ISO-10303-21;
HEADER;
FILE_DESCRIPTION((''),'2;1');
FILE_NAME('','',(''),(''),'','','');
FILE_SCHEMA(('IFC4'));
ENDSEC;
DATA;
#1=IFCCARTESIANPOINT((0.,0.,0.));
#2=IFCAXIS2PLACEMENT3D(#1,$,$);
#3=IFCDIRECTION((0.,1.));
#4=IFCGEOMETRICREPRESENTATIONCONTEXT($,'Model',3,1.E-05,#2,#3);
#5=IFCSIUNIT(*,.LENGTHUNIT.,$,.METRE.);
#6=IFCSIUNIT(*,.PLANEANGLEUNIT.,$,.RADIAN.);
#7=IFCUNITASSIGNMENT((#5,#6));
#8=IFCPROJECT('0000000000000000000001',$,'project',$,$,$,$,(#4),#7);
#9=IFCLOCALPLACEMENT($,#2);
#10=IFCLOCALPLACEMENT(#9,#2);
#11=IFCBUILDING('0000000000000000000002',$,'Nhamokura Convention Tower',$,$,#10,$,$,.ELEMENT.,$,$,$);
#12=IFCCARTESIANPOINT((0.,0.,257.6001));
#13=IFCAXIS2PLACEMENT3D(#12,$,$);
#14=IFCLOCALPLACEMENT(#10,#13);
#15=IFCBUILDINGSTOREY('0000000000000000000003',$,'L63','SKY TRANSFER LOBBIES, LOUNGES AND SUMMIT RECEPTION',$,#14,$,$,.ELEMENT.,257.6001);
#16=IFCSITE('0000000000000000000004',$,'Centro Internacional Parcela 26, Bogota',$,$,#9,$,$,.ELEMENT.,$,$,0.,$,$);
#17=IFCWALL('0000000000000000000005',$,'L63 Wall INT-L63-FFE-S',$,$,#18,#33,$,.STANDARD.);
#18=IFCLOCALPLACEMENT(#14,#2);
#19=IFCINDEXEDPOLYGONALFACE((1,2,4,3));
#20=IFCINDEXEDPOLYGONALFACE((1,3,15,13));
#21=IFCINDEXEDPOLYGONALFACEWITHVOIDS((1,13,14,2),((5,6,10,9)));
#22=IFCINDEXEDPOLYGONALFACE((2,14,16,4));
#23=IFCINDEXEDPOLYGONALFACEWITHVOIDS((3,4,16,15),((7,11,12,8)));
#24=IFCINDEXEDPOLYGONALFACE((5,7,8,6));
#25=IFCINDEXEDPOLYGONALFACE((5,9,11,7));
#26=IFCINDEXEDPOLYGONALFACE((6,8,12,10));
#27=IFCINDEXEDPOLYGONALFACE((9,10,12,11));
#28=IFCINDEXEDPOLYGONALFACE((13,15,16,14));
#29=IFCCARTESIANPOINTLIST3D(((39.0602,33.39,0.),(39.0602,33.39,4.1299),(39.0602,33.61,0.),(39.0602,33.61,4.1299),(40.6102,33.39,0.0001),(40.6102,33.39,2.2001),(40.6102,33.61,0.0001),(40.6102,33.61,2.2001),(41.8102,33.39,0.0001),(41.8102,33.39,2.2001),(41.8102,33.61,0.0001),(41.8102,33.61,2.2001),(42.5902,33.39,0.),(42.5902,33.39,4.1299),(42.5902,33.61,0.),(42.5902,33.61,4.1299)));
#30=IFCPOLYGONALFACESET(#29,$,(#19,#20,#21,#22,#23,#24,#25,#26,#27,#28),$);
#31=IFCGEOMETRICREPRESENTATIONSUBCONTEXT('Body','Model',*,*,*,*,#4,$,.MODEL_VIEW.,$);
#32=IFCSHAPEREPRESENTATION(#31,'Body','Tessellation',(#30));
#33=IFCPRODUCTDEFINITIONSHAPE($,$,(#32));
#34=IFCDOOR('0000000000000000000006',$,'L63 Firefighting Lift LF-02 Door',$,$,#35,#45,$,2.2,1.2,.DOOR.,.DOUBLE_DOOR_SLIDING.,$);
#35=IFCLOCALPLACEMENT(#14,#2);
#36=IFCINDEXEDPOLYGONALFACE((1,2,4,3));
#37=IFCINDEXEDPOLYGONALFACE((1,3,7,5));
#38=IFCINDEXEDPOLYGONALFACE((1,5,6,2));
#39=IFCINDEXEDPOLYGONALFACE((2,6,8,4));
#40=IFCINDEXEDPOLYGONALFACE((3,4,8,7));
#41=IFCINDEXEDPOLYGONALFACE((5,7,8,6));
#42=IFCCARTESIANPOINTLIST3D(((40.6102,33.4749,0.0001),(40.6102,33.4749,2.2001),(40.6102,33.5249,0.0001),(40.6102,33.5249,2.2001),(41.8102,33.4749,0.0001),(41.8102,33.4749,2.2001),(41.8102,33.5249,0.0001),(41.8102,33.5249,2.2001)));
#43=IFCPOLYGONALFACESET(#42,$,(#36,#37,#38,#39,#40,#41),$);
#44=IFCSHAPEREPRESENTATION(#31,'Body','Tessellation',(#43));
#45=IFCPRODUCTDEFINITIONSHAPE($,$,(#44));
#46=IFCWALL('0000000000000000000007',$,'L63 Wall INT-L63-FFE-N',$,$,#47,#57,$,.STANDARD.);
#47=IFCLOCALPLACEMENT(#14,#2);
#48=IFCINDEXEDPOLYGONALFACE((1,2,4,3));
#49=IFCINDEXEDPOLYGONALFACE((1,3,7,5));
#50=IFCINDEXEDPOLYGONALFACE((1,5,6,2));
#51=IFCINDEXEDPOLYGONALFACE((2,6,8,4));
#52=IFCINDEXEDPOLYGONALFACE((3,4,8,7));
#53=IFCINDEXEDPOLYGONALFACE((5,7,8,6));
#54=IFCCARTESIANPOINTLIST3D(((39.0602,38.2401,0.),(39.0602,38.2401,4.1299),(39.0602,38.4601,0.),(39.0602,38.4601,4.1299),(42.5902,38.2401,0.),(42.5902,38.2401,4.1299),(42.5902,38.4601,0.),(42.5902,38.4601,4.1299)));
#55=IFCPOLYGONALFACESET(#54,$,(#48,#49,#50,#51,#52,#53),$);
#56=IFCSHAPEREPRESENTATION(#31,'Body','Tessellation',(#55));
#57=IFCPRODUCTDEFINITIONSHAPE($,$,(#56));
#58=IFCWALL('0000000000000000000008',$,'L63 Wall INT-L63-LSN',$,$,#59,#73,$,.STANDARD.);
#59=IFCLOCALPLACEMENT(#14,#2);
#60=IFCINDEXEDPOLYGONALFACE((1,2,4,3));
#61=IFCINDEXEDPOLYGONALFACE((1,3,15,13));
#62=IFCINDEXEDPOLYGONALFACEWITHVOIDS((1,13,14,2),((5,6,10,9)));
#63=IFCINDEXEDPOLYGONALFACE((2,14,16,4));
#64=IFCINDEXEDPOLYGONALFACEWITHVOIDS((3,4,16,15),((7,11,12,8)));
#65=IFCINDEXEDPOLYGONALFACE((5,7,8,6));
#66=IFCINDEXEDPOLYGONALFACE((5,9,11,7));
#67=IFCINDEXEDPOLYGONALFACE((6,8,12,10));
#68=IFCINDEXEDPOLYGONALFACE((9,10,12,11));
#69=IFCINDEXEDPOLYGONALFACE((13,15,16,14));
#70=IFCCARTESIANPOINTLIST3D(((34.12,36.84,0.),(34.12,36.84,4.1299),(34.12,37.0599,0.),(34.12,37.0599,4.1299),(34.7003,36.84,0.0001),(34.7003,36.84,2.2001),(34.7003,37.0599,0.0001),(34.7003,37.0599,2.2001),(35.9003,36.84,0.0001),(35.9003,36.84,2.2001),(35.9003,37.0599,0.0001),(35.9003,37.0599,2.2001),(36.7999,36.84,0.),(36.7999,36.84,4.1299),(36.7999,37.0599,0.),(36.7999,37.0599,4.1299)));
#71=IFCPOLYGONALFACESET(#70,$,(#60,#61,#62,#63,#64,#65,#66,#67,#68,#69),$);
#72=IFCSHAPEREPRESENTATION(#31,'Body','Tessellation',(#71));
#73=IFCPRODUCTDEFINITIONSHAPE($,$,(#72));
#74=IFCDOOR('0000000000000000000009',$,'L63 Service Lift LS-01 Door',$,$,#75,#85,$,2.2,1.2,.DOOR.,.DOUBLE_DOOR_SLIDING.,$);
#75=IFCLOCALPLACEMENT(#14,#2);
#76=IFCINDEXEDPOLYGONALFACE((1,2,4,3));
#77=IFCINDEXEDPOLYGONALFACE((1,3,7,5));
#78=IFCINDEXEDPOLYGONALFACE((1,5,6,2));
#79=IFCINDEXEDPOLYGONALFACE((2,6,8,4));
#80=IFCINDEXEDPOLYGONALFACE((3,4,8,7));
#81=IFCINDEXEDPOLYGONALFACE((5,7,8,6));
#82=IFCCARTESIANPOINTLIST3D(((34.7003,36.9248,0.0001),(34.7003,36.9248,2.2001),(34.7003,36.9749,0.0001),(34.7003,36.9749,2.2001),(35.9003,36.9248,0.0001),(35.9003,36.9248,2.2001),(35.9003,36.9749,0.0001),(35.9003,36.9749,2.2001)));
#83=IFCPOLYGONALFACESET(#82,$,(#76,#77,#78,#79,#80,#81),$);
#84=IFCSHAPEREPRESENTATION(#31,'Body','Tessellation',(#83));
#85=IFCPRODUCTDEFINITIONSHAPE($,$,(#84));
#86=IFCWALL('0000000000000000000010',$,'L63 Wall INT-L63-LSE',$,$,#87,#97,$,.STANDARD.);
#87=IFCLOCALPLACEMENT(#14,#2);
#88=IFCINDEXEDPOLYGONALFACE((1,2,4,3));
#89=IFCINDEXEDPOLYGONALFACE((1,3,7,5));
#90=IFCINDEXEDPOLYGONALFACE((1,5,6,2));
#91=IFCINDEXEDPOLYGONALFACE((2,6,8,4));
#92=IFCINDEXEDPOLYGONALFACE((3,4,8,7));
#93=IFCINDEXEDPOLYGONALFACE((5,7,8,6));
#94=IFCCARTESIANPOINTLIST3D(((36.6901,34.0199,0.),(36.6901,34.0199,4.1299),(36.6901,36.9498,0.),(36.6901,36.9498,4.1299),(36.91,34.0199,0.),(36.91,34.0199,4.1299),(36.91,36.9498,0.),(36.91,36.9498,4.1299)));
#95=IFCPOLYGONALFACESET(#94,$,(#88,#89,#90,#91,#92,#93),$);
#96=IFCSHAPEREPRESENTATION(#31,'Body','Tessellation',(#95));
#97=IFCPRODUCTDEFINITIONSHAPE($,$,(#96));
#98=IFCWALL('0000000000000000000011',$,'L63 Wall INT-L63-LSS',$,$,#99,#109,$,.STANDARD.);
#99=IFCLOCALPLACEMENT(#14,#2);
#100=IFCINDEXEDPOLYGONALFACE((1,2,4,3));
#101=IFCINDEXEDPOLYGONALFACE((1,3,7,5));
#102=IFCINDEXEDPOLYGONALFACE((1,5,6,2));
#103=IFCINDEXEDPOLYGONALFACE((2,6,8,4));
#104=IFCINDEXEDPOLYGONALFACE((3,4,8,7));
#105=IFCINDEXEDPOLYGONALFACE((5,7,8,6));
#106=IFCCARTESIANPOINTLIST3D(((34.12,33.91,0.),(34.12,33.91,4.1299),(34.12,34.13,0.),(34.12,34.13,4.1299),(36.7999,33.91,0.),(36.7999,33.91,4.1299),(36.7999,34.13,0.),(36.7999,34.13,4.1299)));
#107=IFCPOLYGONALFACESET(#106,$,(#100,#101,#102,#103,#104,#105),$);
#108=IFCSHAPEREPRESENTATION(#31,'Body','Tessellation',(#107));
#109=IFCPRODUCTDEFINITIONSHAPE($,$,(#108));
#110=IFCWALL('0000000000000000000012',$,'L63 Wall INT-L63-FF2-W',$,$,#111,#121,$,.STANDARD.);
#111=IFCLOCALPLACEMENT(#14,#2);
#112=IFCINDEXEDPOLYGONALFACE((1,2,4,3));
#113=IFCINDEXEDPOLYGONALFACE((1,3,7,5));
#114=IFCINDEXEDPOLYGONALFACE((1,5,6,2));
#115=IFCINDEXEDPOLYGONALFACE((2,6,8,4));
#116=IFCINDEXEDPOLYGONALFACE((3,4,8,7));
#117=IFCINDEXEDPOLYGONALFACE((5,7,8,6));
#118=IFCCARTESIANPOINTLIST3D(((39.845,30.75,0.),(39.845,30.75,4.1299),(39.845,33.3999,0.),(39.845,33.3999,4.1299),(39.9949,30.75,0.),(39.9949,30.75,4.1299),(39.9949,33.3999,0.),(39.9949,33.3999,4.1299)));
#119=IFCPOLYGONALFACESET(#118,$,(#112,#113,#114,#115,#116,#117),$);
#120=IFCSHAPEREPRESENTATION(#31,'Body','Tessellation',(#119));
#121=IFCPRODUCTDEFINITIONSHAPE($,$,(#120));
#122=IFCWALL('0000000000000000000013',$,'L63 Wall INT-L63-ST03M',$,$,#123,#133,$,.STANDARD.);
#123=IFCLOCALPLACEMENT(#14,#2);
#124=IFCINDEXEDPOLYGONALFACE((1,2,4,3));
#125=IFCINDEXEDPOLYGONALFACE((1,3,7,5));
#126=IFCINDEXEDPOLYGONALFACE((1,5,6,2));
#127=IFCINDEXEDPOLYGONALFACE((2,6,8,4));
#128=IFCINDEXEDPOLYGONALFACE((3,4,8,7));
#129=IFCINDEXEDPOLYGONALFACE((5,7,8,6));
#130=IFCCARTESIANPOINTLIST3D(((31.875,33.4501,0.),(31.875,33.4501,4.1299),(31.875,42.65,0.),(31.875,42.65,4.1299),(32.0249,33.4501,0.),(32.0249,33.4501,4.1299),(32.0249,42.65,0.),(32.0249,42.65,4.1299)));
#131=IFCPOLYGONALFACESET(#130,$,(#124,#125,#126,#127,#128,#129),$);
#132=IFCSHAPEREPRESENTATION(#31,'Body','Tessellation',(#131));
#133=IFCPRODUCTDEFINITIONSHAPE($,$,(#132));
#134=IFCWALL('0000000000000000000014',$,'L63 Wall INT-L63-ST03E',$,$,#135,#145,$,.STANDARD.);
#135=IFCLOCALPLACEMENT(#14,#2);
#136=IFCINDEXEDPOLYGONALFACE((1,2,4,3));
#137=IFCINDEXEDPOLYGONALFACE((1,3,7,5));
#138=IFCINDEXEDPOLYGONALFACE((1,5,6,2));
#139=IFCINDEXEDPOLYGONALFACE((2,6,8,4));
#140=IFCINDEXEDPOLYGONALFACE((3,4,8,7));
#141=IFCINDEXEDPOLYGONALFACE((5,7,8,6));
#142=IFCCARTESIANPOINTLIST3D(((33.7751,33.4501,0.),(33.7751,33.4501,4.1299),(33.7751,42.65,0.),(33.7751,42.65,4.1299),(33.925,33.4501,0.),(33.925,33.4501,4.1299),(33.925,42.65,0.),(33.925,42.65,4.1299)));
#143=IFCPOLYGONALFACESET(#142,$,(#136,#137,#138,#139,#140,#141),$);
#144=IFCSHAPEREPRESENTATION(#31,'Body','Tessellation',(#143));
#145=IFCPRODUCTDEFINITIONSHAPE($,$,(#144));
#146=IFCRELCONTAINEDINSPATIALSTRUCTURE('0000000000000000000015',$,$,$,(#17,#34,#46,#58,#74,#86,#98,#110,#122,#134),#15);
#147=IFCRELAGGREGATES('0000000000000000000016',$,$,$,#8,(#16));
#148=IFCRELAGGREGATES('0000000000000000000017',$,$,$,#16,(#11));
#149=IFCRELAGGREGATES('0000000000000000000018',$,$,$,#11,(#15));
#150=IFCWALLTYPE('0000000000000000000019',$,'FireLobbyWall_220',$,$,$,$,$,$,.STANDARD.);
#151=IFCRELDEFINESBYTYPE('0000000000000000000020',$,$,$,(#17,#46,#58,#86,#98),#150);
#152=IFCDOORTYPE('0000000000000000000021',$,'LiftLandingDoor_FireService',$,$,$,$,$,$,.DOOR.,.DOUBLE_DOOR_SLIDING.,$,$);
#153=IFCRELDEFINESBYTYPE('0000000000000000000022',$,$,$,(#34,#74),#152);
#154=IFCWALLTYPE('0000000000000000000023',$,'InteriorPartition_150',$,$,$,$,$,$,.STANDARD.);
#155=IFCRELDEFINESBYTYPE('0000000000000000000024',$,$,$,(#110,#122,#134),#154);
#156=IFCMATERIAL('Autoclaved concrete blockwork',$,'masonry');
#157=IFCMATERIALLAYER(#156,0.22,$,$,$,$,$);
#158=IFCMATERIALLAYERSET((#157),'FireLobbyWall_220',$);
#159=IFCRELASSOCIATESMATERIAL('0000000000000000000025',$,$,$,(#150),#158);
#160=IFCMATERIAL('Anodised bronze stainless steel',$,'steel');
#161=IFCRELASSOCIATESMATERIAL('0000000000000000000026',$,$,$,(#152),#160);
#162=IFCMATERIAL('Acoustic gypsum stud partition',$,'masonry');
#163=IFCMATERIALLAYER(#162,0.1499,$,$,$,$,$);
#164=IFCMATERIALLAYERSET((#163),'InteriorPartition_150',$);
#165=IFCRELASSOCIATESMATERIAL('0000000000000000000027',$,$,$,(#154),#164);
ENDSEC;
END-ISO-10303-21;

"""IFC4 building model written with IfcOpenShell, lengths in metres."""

from ifc_helpers import new_model, si_unit, direction, frame, frame_2d, origin, place, context, subcontext, project, spatial, rectangle, extrude, material, layer, layer_set, type_object, element, fill, save


model = new_model("IFC4")

# Units and contexts
model_context = context("Model", 3, precision=1e-05, world=origin(), true_north=direction((0.0, 1.0)))
body_context = subcontext(model_context, "Body", "Model", "MODEL_VIEW")
ifc_project = project(units=[si_unit("LENGTHUNIT", "METRE"), si_unit("PLANEANGLEUNIT", "RADIAN")], contexts=[model_context])

# Site, building, storey
site_placement = place(None, origin())
site = spatial("IfcSite", under=ifc_project, at=site_placement, Name="Centro Internacional Parcela 26, Bogota", CompositionType="ELEMENT", RefElevation=0.0)
building_placement = place(site_placement, origin())
building = spatial("IfcBuilding", under=site, at=building_placement, Name="Nhamokura Convention Tower", CompositionType="ELEMENT")
storey_placement = place(building_placement, frame((0.0, 0.0, 257.6001)))
storey = spatial("IfcBuildingStorey", under=building, at=storey_placement, Name="L63", Description="SKY TRANSFER LOBBIES, LOUNGES AND SUMMIT RECEPTION", CompositionType="ELEMENT", Elevation=257.6001)

# Wall, opening, door
ifc_material_1 = material(Name="Autoclaved concrete blockwork", Category="masonry")
ifc_layer_1 = layer(ifc_material_1, 0.22)
ifc_layer_set_1 = layer_set([ifc_layer_1], Name="FireLobbyWall_220")
wall_type_1 = type_object("IfcWallType", Name="FireLobbyWall_220", PredefinedType="STANDARD", material=ifc_layer_set_1)
wall_1_placement = place(storey_placement, frame((39.0601, 33.5, 0.0), z_axis=(0.0, 0.0, 1.0), x_axis=(1.0, 0.0, 0.0)))
wall_1 = element("IfcWall", 1, at=wall_1_placement, inside=storey, type_object=wall_type_1, Name="L63 Wall INT-L63-FFE-S", PredefinedType="STANDARD", context=body_context, shape_type="SweptSolid", body=[
    extrude(rectangle(XDim=3.53, YDim=0.22, at=frame_2d((1.7651, 0.0))), origin(), (0.0, 0.0, 1.0), 4.1299),
])
opening_1_placement = place(wall_1_placement, frame((1.55, 0.0, 0.0)))
opening_1 = element("IfcOpeningElement", 2, at=opening_1_placement, cuts=wall_1, PredefinedType="OPENING", context=body_context, shape_type="SweptSolid", body=[
    extrude(rectangle(XDim=1.2, YDim=2.2, at=frame_2d((0.6001, 1.1001))), frame((0.0, 0.1199, 0.0), z_axis=(0.0, -1.0, 0.0), x_axis=(1.0, 0.0, 0.0)), (0.0, 0.0, 1.0), 0.24),
])
ifc_material_2 = material(Name="Anodised bronze stainless steel", Category="steel")
door_type_1 = type_object("IfcDoorType", Name="LiftLandingDoor_FireService", OperationType="DOUBLE_DOOR_SLIDING", PredefinedType="DOOR", material=ifc_material_2)
door_1_placement = place(opening_1_placement, origin())
door_1 = element("IfcDoor", 3, at=door_1_placement, inside=storey, type_object=door_type_1, Name="L63 Firefighting Lift LF-02 Door", OperationType="DOUBLE_DOOR_SLIDING", OverallHeight=2.2, OverallWidth=1.2, PredefinedType="DOOR", context=body_context, shape_type="SweptSolid", body=[
    extrude(rectangle(XDim=1.2, YDim=2.2, at=frame_2d((0.6001, 1.1001))), frame((0.0, 0.0249, 0.0), z_axis=(0.0, -1.0, 0.0), x_axis=(1.0, 0.0, 0.0)), (0.0, 0.0, 1.0), 0.05),
])
fill(opening_1, door_1)

# Wall
wall_2_placement = place(storey_placement, frame((39.0601, 38.3501, 0.0), z_axis=(0.0, 0.0, 1.0), x_axis=(1.0, 0.0, 0.0)))
element("IfcWall", 4, at=wall_2_placement, inside=storey, type_object=wall_type_1, Name="L63 Wall INT-L63-FFE-N", PredefinedType="STANDARD", context=body_context, shape_type="SweptSolid", body=[
    extrude(rectangle(XDim=3.53, YDim=0.22, at=frame_2d((1.7651, 0.0))), origin(), (0.0, 0.0, 1.0), 4.1299),
])

# Wall, opening, door
wall_3_placement = place(storey_placement, frame((34.1201, 36.95, 0.0), z_axis=(0.0, 0.0, 1.0), x_axis=(1.0, 0.0, 0.0)))
wall_3 = element("IfcWall", 5, at=wall_3_placement, inside=storey, type_object=wall_type_1, Name="L63 Wall INT-L63-LSN", PredefinedType="STANDARD", context=body_context, shape_type="SweptSolid", body=[
    extrude(rectangle(XDim=2.6799, YDim=0.22, at=frame_2d((1.3398, 0.0))), origin(), (0.0, 0.0, 1.0), 4.1299),
])
opening_2_placement = place(wall_3_placement, frame((0.5801, 0.0, 0.0)))
opening_2 = element("IfcOpeningElement", 6, at=opening_2_placement, cuts=wall_3, PredefinedType="OPENING", context=body_context, shape_type="SweptSolid", body=[
    extrude(rectangle(XDim=1.2, YDim=2.2, at=frame_2d((0.6001, 1.1001))), frame((0.0, 0.1199, 0.0), z_axis=(0.0, -1.0, 0.0), x_axis=(1.0, 0.0, 0.0)), (0.0, 0.0, 1.0), 0.24),
])
door_2_placement = place(opening_2_placement, origin())
door_2 = element("IfcDoor", 7, at=door_2_placement, inside=storey, type_object=door_type_1, Name="L63 Service Lift LS-01 Door", OperationType="DOUBLE_DOOR_SLIDING", OverallHeight=2.2, OverallWidth=1.2, PredefinedType="DOOR", context=body_context, shape_type="SweptSolid", body=[
    extrude(rectangle(XDim=1.2, YDim=2.2, at=frame_2d((0.6001, 1.1001))), frame((0.0, 0.0249, 0.0), z_axis=(0.0, -1.0, 0.0), x_axis=(1.0, 0.0, 0.0)), (0.0, 0.0, 1.0), 0.05),
])
fill(opening_2, door_2)

# Walls
wall_4_placement = place(storey_placement, frame((36.8, 34.02, 0.0), z_axis=(0.0, 0.0, 1.0), x_axis=(0.0, 1.0, 0.0)))
element("IfcWall", 8, at=wall_4_placement, inside=storey, type_object=wall_type_1, Name="L63 Wall INT-L63-LSE", PredefinedType="STANDARD", context=body_context, shape_type="SweptSolid", body=[
    extrude(rectangle(XDim=2.9299, YDim=0.22, at=frame_2d((1.4648, 0.0))), origin(), (0.0, 0.0, 1.0), 4.1299),
])
wall_5_placement = place(storey_placement, frame((34.1201, 34.02, 0.0), z_axis=(0.0, 0.0, 1.0), x_axis=(1.0, 0.0, 0.0)))
element("IfcWall", 9, at=wall_5_placement, inside=storey, type_object=wall_type_1, Name="L63 Wall INT-L63-LSS", PredefinedType="STANDARD", context=body_context, shape_type="SweptSolid", body=[
    extrude(rectangle(XDim=2.6799, YDim=0.22, at=frame_2d((1.3398, 0.0))), origin(), (0.0, 0.0, 1.0), 4.1299),
])
ifc_material_3 = material(Name="Acoustic gypsum stud partition", Category="masonry")
ifc_layer_2 = layer(ifc_material_3, 0.1499)
ifc_layer_set_2 = layer_set([ifc_layer_2], Name="InteriorPartition_150")
wall_type_2 = type_object("IfcWallType", Name="InteriorPartition_150", PredefinedType="STANDARD", material=ifc_layer_set_2)
wall_6_placement = place(storey_placement, frame((39.9199, 30.75, 0.0), z_axis=(0.0, 0.0, 1.0), x_axis=(0.0, 1.0, 0.0)))
element("IfcWall", 10, at=wall_6_placement, inside=storey, type_object=wall_type_2, Name="L63 Wall INT-L63-FF2-W", PredefinedType="STANDARD", context=body_context, shape_type="SweptSolid", body=[
    extrude(rectangle(XDim=2.6499, YDim=0.1499, at=frame_2d((1.325, 0.0))), origin(), (0.0, 0.0, 1.0), 4.1299),
])
for number, where, z_axis, x_axis, name in (
    (11, (31.95, 33.45, 0.0), (0.0, 0.0, 1.0), (0.0, 1.0, 0.0), "L63 Wall INT-L63-ST03M"),
    (12, (33.8501, 33.45, 0.0), (0.0, 0.0, 1.0), (0.0, 1.0, 0.0), "L63 Wall INT-L63-ST03E"),
):
    element("IfcWall", number, at=place(storey_placement, frame(where, z_axis=z_axis, x_axis=x_axis)), inside=storey, type_object=wall_type_2, Name=name, PredefinedType="STANDARD", context=body_context, shape_type="SweptSolid", body=[
        extrude(rectangle(XDim=9.2, YDim=0.1499, at=frame_2d((4.6001, 0.0))), origin(), (0.0, 0.0, 1.0), 4.1299),
    ])

save(model, "model.ifc")
